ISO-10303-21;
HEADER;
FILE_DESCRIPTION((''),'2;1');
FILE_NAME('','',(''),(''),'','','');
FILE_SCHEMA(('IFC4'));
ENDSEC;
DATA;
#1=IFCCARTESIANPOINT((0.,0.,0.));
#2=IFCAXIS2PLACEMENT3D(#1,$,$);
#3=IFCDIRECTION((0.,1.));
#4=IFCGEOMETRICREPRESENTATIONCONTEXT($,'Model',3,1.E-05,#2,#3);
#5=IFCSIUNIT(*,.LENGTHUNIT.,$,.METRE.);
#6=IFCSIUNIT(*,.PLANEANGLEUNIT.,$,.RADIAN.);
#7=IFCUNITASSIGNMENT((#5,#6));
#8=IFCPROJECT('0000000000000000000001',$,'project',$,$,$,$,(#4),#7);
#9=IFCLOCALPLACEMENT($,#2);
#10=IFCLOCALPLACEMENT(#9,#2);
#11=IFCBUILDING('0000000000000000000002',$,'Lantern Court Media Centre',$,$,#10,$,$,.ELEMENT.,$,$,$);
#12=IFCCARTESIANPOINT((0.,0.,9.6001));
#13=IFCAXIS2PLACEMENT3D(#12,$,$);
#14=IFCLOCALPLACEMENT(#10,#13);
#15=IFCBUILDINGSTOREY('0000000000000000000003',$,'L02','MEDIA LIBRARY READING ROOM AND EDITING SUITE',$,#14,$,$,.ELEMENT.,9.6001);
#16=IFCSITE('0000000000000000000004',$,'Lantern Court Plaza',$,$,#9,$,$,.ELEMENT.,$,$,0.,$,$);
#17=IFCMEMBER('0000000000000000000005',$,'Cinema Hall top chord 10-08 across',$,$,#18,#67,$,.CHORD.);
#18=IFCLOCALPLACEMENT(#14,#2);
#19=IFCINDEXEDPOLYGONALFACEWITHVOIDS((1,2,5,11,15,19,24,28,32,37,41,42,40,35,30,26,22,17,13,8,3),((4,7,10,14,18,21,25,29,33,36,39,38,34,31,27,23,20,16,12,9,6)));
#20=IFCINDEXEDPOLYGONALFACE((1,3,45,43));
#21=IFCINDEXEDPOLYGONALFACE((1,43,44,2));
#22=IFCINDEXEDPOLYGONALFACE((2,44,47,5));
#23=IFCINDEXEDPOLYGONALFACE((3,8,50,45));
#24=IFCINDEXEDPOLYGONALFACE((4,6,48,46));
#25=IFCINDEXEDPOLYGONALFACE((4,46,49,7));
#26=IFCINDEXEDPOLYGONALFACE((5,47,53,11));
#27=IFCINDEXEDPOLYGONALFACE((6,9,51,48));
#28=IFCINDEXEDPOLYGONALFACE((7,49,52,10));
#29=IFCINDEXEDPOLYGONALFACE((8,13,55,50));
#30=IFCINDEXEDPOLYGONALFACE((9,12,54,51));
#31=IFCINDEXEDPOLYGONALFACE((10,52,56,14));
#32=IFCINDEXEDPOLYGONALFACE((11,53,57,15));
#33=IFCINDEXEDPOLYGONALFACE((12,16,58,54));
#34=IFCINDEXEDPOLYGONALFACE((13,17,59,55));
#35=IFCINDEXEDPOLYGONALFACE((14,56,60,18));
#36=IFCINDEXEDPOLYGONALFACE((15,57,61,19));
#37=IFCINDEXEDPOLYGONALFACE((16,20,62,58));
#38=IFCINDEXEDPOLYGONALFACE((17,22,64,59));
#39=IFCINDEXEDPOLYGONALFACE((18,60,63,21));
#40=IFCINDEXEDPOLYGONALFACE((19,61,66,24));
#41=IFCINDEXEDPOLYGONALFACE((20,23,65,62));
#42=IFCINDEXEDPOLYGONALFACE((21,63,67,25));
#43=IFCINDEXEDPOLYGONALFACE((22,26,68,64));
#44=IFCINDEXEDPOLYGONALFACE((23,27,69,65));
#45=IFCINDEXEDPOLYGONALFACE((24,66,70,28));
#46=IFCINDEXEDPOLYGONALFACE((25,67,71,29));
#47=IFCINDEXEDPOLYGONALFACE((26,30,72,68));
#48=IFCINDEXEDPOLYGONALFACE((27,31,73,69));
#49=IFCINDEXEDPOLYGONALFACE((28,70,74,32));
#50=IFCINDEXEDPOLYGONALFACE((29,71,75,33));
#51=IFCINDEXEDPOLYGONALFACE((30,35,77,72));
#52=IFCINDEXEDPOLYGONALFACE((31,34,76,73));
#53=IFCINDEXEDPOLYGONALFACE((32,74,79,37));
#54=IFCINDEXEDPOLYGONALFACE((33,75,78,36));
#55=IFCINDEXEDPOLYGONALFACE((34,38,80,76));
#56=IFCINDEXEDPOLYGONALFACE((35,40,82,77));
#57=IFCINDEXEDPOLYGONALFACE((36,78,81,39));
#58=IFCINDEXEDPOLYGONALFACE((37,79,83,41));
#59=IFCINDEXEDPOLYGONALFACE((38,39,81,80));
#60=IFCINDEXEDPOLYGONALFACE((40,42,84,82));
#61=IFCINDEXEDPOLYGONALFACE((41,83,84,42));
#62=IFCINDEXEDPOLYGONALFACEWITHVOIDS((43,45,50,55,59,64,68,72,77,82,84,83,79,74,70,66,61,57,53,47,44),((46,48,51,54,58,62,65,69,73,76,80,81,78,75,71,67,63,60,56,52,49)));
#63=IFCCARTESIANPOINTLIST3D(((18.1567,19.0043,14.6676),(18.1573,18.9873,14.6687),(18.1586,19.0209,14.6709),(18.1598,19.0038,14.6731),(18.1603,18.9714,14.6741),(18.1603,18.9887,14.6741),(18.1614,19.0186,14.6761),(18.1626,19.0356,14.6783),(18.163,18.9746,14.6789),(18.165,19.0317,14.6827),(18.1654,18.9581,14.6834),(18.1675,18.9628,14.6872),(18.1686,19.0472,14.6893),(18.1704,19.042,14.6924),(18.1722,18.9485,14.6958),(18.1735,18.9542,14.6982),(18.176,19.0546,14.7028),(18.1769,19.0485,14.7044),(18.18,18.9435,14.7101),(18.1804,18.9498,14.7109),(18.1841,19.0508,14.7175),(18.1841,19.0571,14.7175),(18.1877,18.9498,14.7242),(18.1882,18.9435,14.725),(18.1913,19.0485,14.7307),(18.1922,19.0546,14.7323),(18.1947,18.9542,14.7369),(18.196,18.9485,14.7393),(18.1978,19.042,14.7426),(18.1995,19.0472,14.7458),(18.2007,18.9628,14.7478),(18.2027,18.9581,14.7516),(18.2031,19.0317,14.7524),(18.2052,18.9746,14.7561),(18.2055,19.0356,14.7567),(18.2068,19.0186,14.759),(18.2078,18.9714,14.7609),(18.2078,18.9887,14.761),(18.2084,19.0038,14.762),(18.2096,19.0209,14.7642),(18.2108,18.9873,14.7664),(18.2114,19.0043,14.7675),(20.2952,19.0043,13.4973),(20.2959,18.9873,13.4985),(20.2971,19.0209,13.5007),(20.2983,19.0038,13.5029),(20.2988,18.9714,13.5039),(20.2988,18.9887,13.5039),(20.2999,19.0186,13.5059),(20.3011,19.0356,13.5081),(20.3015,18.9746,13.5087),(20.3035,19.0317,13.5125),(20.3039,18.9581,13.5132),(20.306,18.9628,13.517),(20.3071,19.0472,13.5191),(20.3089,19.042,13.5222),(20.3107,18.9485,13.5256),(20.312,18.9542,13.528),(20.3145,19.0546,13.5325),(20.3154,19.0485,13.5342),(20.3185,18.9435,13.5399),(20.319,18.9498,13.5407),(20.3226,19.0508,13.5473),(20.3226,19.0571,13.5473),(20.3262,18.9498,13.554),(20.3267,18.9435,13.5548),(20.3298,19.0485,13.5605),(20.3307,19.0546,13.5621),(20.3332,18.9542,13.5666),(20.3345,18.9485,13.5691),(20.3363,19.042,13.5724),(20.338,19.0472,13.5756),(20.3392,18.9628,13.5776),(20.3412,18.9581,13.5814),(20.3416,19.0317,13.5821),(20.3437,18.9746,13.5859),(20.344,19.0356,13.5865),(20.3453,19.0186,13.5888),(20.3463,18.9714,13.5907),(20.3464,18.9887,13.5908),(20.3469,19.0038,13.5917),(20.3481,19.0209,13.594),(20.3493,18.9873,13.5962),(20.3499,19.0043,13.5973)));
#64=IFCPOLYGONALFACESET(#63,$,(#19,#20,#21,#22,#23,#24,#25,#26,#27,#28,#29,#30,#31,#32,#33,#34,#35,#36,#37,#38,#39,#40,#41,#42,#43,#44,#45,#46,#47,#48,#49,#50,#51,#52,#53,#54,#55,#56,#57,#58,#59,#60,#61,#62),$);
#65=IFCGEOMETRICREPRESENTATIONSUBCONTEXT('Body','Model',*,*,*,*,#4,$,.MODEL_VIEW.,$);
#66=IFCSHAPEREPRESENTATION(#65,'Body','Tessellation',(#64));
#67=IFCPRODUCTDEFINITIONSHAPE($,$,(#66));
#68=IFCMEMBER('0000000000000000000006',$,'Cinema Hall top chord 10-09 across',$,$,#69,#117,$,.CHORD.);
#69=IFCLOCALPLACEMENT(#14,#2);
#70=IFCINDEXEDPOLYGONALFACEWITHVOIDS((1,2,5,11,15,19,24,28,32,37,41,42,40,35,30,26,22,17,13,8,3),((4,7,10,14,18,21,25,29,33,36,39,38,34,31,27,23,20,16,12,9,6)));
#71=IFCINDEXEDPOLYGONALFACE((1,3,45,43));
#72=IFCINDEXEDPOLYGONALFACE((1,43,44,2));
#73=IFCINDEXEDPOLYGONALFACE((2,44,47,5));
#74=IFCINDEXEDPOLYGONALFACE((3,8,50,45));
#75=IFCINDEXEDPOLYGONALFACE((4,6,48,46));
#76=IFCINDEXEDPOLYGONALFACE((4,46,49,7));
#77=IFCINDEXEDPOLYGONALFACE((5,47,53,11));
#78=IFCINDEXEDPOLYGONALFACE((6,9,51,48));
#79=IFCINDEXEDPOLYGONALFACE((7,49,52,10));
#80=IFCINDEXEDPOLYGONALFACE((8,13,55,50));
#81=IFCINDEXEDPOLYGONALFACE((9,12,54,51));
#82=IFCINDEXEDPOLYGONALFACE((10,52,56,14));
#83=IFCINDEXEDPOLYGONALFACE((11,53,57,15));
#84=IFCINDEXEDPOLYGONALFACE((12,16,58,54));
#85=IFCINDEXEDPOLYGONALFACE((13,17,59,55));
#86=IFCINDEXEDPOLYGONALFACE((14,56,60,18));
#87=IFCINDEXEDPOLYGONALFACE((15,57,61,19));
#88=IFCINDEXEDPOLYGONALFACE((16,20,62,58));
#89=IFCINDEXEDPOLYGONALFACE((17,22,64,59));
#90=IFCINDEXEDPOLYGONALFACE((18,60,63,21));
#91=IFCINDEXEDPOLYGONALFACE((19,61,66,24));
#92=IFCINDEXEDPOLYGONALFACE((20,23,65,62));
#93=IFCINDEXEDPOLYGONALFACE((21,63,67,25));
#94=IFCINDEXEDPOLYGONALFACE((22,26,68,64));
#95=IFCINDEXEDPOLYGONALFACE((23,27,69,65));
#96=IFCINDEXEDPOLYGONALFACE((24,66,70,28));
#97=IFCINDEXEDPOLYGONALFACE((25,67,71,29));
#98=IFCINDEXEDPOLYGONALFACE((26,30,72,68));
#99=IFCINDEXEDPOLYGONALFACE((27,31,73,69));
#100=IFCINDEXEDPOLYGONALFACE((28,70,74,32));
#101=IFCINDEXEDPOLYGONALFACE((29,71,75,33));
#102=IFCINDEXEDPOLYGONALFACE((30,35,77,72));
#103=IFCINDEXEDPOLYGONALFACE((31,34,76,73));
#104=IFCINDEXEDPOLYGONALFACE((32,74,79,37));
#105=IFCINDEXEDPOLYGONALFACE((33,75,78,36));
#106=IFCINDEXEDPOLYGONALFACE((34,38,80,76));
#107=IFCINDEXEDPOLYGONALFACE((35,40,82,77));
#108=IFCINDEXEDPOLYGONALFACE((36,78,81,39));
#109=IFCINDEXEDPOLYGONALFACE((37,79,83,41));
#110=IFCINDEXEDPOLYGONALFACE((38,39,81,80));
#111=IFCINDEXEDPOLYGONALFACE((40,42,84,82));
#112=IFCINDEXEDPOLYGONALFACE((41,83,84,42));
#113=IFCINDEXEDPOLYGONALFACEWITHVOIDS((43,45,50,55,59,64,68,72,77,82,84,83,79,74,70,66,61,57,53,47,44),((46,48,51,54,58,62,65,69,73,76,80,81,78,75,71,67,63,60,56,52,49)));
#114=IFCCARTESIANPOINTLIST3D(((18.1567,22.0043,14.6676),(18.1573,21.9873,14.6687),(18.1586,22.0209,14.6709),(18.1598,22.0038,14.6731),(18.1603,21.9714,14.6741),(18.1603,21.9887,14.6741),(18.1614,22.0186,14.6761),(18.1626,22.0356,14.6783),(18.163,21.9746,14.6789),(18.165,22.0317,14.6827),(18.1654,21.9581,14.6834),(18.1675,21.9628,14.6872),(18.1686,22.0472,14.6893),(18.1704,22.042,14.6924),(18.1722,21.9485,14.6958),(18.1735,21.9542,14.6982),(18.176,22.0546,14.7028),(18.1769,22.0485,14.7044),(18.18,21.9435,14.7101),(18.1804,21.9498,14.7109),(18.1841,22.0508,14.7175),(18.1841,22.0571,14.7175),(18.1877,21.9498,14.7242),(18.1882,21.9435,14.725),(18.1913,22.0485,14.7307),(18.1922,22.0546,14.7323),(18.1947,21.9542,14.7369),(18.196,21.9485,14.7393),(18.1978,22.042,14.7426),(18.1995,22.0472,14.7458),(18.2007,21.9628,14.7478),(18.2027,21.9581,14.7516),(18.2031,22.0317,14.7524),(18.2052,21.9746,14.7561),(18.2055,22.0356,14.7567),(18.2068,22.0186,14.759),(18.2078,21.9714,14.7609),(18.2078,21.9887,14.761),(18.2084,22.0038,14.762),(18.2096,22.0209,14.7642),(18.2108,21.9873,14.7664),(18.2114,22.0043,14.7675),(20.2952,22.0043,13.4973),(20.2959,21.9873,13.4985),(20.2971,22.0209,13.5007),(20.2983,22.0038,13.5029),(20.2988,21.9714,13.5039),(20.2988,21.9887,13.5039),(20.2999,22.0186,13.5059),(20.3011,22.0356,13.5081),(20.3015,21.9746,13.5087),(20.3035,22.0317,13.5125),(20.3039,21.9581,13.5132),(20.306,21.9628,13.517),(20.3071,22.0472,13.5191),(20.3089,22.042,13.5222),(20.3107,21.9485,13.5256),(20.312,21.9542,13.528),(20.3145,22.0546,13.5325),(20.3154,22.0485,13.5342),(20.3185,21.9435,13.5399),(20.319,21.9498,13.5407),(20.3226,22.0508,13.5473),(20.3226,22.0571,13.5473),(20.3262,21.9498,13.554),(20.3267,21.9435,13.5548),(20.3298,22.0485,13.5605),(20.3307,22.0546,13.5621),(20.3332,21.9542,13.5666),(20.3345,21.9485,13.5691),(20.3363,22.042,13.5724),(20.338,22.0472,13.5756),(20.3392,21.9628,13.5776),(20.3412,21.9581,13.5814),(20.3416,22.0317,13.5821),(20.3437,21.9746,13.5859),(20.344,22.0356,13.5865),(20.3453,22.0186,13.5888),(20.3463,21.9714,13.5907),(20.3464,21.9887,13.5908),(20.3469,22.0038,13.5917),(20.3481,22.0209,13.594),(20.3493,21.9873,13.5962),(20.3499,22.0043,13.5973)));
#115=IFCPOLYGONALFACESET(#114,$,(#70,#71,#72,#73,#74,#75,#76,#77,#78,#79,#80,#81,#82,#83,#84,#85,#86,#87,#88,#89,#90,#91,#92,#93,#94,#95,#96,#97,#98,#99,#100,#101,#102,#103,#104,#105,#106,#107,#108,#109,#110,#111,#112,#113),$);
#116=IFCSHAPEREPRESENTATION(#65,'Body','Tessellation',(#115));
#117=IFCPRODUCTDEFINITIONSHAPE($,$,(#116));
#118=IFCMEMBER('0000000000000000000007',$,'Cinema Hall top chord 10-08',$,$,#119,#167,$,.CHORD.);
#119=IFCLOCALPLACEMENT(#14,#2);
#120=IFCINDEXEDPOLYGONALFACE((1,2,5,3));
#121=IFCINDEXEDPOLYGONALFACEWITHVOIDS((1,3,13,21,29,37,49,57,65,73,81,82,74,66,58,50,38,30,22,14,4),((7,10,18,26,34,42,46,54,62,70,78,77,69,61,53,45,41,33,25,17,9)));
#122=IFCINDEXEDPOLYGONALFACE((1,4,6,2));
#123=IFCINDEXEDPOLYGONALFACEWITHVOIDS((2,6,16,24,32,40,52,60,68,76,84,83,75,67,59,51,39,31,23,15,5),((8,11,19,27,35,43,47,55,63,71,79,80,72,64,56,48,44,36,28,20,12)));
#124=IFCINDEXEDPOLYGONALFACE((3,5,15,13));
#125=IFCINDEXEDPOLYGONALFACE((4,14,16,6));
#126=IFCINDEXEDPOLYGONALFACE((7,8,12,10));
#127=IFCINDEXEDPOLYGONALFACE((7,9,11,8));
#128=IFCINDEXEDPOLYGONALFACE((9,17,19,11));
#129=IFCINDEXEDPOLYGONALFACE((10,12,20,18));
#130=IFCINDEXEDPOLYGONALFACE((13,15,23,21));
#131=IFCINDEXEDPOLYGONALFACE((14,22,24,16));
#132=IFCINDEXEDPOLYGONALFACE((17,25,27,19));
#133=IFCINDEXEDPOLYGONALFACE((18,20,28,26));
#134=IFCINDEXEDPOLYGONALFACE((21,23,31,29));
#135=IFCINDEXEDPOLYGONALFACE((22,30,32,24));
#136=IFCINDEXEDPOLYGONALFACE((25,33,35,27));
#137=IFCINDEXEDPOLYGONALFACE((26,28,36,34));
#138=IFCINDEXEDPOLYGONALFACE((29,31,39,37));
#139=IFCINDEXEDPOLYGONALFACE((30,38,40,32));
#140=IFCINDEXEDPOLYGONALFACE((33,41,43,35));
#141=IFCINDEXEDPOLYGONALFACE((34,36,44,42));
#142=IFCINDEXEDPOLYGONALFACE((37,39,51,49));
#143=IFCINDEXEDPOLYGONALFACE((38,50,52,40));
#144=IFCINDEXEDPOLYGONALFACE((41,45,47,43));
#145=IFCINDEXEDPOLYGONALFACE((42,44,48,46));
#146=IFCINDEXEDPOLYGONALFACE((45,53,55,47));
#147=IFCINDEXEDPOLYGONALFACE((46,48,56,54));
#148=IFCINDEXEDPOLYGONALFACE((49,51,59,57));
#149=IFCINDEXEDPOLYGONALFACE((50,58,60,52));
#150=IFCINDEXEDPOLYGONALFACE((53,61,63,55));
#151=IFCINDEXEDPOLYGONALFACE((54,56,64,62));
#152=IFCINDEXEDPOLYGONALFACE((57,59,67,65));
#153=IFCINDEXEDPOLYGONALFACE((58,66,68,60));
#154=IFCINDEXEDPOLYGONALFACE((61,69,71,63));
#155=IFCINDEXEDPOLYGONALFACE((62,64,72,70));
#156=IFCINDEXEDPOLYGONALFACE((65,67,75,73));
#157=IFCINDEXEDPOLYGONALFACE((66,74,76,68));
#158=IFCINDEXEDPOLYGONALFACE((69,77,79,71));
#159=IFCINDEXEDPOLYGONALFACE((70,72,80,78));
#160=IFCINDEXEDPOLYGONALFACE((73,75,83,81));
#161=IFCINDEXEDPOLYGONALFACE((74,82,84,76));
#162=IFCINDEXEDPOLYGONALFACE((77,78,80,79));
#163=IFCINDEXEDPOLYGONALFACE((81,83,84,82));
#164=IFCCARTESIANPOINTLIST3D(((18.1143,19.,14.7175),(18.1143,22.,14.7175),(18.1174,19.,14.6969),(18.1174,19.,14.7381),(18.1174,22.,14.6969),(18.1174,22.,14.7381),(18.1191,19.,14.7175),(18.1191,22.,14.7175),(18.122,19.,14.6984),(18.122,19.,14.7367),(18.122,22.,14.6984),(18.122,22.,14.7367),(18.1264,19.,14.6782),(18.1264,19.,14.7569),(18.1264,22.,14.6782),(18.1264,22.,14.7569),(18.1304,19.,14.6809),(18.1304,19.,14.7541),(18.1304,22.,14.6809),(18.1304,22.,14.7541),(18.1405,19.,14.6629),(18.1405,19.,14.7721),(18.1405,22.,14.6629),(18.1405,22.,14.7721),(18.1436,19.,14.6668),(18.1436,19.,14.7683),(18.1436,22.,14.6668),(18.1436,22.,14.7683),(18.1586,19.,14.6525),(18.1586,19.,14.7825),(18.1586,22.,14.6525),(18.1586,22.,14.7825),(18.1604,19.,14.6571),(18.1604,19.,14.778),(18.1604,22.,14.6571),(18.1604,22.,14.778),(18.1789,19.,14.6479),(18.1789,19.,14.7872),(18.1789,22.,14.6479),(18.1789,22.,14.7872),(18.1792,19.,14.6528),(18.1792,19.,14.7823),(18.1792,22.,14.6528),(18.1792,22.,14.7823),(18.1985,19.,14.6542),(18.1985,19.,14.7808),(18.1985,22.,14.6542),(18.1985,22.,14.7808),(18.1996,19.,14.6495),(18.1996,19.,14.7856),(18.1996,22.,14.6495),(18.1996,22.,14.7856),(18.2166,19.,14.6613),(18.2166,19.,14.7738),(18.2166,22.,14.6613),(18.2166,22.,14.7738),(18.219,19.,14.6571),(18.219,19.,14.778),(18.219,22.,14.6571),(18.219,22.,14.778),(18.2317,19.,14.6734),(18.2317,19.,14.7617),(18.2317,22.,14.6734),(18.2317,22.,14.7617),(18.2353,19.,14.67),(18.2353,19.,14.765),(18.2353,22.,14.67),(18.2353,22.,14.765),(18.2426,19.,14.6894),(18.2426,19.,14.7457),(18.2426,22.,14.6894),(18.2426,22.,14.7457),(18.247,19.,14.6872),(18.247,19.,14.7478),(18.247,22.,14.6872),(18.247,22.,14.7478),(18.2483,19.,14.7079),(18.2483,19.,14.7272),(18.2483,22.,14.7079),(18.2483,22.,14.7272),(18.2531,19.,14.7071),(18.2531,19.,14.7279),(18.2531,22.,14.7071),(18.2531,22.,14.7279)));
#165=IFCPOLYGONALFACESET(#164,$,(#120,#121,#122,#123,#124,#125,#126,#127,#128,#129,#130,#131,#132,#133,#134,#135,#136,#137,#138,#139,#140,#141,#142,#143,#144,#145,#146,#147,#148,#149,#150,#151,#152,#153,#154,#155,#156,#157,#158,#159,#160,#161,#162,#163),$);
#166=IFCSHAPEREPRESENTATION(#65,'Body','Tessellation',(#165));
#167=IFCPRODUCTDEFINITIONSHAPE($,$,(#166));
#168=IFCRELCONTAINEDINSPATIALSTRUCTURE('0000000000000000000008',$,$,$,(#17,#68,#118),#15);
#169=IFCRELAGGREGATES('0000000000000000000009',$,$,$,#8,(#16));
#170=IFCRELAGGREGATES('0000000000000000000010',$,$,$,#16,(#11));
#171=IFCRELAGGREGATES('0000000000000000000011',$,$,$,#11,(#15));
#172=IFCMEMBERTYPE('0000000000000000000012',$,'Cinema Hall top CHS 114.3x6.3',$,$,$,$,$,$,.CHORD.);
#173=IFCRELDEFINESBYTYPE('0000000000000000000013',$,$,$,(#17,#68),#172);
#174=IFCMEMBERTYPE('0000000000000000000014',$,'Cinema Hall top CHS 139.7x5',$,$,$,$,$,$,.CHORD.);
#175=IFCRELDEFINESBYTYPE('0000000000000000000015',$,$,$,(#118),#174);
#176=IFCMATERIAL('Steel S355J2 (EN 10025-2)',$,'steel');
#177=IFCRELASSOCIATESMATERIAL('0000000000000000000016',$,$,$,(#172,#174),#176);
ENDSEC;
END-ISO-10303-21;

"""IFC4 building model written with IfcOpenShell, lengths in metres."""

from ifc_helpers import new_model, si_unit, direction, frame, origin, origin_2d, place, context, subcontext, project, spatial, hollow_circle, extrude, material, material_profile, profile_set, type_object, element, save


model = new_model("IFC4")

# Units and contexts
model_context = context("Model", 3, precision=1e-05, world=origin(), true_north=direction((0.0, 1.0)))
body_context = subcontext(model_context, "Body", "Model", "MODEL_VIEW")
ifc_project = project(units=[si_unit("LENGTHUNIT", "METRE"), si_unit("PLANEANGLEUNIT", "RADIAN")], contexts=[model_context])

# Site, building, storey
site_placement = place(None, origin())
site = spatial("IfcSite", under=ifc_project, at=site_placement, Name="Lantern Court Plaza", CompositionType="ELEMENT", RefElevation=0.0)
building_placement = place(site_placement, origin())
building = spatial("IfcBuilding", under=site, at=building_placement, Name="Lantern Court Media Centre", CompositionType="ELEMENT")
storey_placement = place(building_placement, frame((0.0, 0.0, 9.6001)))
storey = spatial("IfcBuildingStorey", under=building, at=storey_placement, Name="L02", Description="MEDIA LIBRARY READING ROOM AND EDITING SUITE", CompositionType="ELEMENT", Elevation=9.6001)

# Members
ifc_material = material(Name="Steel S355J2 (EN 10025-2)", Category="steel")
ifc_material_profile_1 = material_profile(ifc_material, hollow_circle(Radius=0.0571, WallThickness=0.0063, at=origin_2d()), Name="Cinema Hall top CHS 114.3x6.3")
ifc_profile_set_1 = profile_set([ifc_material_profile_1], Name="Steel S355J2 (EN 10025-2)")
member_type_1 = type_object("IfcMemberType", Name="Cinema Hall top CHS 114.3x6.3", PredefinedType="CHORD", material=ifc_profile_set_1)
for number, where, z_axis, x_axis, name in (
    (1, (18.1841, 19.0, 14.7175), (0.877248, 0.0, -0.480038), (0.0, 1.0, 0.0), "Cinema Hall top chord 10-08 across"),
    (2, (18.1841, 22.0, 14.7175), (0.877248, 0.0, -0.480038), (0.0, 1.0, 0.0), "Cinema Hall top chord 10-09 across"),
):
    element("IfcMember", number, at=place(storey_placement, frame(where, z_axis=z_axis, x_axis=x_axis)), inside=storey, type_object=member_type_1, Name=name, PredefinedType="CHORD", context=body_context, shape_type="SweptSolid", body=[
        extrude(hollow_circle(Radius=0.0571, WallThickness=0.0063, at=origin_2d()), origin(), (0.0, 0.0, 1.0), 2.4377),
    ])
ifc_material_profile_2 = material_profile(ifc_material, hollow_circle(Radius=0.0698, WallThickness=0.0049, at=origin_2d()), Name="Cinema Hall top CHS 139.7x5")
ifc_profile_set_2 = profile_set([ifc_material_profile_2], Name="Steel S355J2 (EN 10025-2)")
member_type_2 = type_object("IfcMemberType", Name="Cinema Hall top CHS 139.7x5", PredefinedType="CHORD", material=ifc_profile_set_2)
for number, where, z_axis, x_axis, name in (
    (3, (18.1841, 19.0, 14.7175), (0.0, 1.0, 0.0), (-1.0, 0.0, 0.0), "Cinema Hall top chord 10-08"),
):
    element("IfcMember", number, at=place(storey_placement, frame(where, z_axis=z_axis, x_axis=x_axis)), inside=storey, type_object=member_type_2, Name=name, PredefinedType="CHORD", context=body_context, shape_type="SweptSolid", body=[
        extrude(hollow_circle(Radius=0.0698, WallThickness=0.0049, at=origin_2d()), origin(), (0.0, 0.0, 1.0), 3.0),
    ])

save(model, "model.ifc")
